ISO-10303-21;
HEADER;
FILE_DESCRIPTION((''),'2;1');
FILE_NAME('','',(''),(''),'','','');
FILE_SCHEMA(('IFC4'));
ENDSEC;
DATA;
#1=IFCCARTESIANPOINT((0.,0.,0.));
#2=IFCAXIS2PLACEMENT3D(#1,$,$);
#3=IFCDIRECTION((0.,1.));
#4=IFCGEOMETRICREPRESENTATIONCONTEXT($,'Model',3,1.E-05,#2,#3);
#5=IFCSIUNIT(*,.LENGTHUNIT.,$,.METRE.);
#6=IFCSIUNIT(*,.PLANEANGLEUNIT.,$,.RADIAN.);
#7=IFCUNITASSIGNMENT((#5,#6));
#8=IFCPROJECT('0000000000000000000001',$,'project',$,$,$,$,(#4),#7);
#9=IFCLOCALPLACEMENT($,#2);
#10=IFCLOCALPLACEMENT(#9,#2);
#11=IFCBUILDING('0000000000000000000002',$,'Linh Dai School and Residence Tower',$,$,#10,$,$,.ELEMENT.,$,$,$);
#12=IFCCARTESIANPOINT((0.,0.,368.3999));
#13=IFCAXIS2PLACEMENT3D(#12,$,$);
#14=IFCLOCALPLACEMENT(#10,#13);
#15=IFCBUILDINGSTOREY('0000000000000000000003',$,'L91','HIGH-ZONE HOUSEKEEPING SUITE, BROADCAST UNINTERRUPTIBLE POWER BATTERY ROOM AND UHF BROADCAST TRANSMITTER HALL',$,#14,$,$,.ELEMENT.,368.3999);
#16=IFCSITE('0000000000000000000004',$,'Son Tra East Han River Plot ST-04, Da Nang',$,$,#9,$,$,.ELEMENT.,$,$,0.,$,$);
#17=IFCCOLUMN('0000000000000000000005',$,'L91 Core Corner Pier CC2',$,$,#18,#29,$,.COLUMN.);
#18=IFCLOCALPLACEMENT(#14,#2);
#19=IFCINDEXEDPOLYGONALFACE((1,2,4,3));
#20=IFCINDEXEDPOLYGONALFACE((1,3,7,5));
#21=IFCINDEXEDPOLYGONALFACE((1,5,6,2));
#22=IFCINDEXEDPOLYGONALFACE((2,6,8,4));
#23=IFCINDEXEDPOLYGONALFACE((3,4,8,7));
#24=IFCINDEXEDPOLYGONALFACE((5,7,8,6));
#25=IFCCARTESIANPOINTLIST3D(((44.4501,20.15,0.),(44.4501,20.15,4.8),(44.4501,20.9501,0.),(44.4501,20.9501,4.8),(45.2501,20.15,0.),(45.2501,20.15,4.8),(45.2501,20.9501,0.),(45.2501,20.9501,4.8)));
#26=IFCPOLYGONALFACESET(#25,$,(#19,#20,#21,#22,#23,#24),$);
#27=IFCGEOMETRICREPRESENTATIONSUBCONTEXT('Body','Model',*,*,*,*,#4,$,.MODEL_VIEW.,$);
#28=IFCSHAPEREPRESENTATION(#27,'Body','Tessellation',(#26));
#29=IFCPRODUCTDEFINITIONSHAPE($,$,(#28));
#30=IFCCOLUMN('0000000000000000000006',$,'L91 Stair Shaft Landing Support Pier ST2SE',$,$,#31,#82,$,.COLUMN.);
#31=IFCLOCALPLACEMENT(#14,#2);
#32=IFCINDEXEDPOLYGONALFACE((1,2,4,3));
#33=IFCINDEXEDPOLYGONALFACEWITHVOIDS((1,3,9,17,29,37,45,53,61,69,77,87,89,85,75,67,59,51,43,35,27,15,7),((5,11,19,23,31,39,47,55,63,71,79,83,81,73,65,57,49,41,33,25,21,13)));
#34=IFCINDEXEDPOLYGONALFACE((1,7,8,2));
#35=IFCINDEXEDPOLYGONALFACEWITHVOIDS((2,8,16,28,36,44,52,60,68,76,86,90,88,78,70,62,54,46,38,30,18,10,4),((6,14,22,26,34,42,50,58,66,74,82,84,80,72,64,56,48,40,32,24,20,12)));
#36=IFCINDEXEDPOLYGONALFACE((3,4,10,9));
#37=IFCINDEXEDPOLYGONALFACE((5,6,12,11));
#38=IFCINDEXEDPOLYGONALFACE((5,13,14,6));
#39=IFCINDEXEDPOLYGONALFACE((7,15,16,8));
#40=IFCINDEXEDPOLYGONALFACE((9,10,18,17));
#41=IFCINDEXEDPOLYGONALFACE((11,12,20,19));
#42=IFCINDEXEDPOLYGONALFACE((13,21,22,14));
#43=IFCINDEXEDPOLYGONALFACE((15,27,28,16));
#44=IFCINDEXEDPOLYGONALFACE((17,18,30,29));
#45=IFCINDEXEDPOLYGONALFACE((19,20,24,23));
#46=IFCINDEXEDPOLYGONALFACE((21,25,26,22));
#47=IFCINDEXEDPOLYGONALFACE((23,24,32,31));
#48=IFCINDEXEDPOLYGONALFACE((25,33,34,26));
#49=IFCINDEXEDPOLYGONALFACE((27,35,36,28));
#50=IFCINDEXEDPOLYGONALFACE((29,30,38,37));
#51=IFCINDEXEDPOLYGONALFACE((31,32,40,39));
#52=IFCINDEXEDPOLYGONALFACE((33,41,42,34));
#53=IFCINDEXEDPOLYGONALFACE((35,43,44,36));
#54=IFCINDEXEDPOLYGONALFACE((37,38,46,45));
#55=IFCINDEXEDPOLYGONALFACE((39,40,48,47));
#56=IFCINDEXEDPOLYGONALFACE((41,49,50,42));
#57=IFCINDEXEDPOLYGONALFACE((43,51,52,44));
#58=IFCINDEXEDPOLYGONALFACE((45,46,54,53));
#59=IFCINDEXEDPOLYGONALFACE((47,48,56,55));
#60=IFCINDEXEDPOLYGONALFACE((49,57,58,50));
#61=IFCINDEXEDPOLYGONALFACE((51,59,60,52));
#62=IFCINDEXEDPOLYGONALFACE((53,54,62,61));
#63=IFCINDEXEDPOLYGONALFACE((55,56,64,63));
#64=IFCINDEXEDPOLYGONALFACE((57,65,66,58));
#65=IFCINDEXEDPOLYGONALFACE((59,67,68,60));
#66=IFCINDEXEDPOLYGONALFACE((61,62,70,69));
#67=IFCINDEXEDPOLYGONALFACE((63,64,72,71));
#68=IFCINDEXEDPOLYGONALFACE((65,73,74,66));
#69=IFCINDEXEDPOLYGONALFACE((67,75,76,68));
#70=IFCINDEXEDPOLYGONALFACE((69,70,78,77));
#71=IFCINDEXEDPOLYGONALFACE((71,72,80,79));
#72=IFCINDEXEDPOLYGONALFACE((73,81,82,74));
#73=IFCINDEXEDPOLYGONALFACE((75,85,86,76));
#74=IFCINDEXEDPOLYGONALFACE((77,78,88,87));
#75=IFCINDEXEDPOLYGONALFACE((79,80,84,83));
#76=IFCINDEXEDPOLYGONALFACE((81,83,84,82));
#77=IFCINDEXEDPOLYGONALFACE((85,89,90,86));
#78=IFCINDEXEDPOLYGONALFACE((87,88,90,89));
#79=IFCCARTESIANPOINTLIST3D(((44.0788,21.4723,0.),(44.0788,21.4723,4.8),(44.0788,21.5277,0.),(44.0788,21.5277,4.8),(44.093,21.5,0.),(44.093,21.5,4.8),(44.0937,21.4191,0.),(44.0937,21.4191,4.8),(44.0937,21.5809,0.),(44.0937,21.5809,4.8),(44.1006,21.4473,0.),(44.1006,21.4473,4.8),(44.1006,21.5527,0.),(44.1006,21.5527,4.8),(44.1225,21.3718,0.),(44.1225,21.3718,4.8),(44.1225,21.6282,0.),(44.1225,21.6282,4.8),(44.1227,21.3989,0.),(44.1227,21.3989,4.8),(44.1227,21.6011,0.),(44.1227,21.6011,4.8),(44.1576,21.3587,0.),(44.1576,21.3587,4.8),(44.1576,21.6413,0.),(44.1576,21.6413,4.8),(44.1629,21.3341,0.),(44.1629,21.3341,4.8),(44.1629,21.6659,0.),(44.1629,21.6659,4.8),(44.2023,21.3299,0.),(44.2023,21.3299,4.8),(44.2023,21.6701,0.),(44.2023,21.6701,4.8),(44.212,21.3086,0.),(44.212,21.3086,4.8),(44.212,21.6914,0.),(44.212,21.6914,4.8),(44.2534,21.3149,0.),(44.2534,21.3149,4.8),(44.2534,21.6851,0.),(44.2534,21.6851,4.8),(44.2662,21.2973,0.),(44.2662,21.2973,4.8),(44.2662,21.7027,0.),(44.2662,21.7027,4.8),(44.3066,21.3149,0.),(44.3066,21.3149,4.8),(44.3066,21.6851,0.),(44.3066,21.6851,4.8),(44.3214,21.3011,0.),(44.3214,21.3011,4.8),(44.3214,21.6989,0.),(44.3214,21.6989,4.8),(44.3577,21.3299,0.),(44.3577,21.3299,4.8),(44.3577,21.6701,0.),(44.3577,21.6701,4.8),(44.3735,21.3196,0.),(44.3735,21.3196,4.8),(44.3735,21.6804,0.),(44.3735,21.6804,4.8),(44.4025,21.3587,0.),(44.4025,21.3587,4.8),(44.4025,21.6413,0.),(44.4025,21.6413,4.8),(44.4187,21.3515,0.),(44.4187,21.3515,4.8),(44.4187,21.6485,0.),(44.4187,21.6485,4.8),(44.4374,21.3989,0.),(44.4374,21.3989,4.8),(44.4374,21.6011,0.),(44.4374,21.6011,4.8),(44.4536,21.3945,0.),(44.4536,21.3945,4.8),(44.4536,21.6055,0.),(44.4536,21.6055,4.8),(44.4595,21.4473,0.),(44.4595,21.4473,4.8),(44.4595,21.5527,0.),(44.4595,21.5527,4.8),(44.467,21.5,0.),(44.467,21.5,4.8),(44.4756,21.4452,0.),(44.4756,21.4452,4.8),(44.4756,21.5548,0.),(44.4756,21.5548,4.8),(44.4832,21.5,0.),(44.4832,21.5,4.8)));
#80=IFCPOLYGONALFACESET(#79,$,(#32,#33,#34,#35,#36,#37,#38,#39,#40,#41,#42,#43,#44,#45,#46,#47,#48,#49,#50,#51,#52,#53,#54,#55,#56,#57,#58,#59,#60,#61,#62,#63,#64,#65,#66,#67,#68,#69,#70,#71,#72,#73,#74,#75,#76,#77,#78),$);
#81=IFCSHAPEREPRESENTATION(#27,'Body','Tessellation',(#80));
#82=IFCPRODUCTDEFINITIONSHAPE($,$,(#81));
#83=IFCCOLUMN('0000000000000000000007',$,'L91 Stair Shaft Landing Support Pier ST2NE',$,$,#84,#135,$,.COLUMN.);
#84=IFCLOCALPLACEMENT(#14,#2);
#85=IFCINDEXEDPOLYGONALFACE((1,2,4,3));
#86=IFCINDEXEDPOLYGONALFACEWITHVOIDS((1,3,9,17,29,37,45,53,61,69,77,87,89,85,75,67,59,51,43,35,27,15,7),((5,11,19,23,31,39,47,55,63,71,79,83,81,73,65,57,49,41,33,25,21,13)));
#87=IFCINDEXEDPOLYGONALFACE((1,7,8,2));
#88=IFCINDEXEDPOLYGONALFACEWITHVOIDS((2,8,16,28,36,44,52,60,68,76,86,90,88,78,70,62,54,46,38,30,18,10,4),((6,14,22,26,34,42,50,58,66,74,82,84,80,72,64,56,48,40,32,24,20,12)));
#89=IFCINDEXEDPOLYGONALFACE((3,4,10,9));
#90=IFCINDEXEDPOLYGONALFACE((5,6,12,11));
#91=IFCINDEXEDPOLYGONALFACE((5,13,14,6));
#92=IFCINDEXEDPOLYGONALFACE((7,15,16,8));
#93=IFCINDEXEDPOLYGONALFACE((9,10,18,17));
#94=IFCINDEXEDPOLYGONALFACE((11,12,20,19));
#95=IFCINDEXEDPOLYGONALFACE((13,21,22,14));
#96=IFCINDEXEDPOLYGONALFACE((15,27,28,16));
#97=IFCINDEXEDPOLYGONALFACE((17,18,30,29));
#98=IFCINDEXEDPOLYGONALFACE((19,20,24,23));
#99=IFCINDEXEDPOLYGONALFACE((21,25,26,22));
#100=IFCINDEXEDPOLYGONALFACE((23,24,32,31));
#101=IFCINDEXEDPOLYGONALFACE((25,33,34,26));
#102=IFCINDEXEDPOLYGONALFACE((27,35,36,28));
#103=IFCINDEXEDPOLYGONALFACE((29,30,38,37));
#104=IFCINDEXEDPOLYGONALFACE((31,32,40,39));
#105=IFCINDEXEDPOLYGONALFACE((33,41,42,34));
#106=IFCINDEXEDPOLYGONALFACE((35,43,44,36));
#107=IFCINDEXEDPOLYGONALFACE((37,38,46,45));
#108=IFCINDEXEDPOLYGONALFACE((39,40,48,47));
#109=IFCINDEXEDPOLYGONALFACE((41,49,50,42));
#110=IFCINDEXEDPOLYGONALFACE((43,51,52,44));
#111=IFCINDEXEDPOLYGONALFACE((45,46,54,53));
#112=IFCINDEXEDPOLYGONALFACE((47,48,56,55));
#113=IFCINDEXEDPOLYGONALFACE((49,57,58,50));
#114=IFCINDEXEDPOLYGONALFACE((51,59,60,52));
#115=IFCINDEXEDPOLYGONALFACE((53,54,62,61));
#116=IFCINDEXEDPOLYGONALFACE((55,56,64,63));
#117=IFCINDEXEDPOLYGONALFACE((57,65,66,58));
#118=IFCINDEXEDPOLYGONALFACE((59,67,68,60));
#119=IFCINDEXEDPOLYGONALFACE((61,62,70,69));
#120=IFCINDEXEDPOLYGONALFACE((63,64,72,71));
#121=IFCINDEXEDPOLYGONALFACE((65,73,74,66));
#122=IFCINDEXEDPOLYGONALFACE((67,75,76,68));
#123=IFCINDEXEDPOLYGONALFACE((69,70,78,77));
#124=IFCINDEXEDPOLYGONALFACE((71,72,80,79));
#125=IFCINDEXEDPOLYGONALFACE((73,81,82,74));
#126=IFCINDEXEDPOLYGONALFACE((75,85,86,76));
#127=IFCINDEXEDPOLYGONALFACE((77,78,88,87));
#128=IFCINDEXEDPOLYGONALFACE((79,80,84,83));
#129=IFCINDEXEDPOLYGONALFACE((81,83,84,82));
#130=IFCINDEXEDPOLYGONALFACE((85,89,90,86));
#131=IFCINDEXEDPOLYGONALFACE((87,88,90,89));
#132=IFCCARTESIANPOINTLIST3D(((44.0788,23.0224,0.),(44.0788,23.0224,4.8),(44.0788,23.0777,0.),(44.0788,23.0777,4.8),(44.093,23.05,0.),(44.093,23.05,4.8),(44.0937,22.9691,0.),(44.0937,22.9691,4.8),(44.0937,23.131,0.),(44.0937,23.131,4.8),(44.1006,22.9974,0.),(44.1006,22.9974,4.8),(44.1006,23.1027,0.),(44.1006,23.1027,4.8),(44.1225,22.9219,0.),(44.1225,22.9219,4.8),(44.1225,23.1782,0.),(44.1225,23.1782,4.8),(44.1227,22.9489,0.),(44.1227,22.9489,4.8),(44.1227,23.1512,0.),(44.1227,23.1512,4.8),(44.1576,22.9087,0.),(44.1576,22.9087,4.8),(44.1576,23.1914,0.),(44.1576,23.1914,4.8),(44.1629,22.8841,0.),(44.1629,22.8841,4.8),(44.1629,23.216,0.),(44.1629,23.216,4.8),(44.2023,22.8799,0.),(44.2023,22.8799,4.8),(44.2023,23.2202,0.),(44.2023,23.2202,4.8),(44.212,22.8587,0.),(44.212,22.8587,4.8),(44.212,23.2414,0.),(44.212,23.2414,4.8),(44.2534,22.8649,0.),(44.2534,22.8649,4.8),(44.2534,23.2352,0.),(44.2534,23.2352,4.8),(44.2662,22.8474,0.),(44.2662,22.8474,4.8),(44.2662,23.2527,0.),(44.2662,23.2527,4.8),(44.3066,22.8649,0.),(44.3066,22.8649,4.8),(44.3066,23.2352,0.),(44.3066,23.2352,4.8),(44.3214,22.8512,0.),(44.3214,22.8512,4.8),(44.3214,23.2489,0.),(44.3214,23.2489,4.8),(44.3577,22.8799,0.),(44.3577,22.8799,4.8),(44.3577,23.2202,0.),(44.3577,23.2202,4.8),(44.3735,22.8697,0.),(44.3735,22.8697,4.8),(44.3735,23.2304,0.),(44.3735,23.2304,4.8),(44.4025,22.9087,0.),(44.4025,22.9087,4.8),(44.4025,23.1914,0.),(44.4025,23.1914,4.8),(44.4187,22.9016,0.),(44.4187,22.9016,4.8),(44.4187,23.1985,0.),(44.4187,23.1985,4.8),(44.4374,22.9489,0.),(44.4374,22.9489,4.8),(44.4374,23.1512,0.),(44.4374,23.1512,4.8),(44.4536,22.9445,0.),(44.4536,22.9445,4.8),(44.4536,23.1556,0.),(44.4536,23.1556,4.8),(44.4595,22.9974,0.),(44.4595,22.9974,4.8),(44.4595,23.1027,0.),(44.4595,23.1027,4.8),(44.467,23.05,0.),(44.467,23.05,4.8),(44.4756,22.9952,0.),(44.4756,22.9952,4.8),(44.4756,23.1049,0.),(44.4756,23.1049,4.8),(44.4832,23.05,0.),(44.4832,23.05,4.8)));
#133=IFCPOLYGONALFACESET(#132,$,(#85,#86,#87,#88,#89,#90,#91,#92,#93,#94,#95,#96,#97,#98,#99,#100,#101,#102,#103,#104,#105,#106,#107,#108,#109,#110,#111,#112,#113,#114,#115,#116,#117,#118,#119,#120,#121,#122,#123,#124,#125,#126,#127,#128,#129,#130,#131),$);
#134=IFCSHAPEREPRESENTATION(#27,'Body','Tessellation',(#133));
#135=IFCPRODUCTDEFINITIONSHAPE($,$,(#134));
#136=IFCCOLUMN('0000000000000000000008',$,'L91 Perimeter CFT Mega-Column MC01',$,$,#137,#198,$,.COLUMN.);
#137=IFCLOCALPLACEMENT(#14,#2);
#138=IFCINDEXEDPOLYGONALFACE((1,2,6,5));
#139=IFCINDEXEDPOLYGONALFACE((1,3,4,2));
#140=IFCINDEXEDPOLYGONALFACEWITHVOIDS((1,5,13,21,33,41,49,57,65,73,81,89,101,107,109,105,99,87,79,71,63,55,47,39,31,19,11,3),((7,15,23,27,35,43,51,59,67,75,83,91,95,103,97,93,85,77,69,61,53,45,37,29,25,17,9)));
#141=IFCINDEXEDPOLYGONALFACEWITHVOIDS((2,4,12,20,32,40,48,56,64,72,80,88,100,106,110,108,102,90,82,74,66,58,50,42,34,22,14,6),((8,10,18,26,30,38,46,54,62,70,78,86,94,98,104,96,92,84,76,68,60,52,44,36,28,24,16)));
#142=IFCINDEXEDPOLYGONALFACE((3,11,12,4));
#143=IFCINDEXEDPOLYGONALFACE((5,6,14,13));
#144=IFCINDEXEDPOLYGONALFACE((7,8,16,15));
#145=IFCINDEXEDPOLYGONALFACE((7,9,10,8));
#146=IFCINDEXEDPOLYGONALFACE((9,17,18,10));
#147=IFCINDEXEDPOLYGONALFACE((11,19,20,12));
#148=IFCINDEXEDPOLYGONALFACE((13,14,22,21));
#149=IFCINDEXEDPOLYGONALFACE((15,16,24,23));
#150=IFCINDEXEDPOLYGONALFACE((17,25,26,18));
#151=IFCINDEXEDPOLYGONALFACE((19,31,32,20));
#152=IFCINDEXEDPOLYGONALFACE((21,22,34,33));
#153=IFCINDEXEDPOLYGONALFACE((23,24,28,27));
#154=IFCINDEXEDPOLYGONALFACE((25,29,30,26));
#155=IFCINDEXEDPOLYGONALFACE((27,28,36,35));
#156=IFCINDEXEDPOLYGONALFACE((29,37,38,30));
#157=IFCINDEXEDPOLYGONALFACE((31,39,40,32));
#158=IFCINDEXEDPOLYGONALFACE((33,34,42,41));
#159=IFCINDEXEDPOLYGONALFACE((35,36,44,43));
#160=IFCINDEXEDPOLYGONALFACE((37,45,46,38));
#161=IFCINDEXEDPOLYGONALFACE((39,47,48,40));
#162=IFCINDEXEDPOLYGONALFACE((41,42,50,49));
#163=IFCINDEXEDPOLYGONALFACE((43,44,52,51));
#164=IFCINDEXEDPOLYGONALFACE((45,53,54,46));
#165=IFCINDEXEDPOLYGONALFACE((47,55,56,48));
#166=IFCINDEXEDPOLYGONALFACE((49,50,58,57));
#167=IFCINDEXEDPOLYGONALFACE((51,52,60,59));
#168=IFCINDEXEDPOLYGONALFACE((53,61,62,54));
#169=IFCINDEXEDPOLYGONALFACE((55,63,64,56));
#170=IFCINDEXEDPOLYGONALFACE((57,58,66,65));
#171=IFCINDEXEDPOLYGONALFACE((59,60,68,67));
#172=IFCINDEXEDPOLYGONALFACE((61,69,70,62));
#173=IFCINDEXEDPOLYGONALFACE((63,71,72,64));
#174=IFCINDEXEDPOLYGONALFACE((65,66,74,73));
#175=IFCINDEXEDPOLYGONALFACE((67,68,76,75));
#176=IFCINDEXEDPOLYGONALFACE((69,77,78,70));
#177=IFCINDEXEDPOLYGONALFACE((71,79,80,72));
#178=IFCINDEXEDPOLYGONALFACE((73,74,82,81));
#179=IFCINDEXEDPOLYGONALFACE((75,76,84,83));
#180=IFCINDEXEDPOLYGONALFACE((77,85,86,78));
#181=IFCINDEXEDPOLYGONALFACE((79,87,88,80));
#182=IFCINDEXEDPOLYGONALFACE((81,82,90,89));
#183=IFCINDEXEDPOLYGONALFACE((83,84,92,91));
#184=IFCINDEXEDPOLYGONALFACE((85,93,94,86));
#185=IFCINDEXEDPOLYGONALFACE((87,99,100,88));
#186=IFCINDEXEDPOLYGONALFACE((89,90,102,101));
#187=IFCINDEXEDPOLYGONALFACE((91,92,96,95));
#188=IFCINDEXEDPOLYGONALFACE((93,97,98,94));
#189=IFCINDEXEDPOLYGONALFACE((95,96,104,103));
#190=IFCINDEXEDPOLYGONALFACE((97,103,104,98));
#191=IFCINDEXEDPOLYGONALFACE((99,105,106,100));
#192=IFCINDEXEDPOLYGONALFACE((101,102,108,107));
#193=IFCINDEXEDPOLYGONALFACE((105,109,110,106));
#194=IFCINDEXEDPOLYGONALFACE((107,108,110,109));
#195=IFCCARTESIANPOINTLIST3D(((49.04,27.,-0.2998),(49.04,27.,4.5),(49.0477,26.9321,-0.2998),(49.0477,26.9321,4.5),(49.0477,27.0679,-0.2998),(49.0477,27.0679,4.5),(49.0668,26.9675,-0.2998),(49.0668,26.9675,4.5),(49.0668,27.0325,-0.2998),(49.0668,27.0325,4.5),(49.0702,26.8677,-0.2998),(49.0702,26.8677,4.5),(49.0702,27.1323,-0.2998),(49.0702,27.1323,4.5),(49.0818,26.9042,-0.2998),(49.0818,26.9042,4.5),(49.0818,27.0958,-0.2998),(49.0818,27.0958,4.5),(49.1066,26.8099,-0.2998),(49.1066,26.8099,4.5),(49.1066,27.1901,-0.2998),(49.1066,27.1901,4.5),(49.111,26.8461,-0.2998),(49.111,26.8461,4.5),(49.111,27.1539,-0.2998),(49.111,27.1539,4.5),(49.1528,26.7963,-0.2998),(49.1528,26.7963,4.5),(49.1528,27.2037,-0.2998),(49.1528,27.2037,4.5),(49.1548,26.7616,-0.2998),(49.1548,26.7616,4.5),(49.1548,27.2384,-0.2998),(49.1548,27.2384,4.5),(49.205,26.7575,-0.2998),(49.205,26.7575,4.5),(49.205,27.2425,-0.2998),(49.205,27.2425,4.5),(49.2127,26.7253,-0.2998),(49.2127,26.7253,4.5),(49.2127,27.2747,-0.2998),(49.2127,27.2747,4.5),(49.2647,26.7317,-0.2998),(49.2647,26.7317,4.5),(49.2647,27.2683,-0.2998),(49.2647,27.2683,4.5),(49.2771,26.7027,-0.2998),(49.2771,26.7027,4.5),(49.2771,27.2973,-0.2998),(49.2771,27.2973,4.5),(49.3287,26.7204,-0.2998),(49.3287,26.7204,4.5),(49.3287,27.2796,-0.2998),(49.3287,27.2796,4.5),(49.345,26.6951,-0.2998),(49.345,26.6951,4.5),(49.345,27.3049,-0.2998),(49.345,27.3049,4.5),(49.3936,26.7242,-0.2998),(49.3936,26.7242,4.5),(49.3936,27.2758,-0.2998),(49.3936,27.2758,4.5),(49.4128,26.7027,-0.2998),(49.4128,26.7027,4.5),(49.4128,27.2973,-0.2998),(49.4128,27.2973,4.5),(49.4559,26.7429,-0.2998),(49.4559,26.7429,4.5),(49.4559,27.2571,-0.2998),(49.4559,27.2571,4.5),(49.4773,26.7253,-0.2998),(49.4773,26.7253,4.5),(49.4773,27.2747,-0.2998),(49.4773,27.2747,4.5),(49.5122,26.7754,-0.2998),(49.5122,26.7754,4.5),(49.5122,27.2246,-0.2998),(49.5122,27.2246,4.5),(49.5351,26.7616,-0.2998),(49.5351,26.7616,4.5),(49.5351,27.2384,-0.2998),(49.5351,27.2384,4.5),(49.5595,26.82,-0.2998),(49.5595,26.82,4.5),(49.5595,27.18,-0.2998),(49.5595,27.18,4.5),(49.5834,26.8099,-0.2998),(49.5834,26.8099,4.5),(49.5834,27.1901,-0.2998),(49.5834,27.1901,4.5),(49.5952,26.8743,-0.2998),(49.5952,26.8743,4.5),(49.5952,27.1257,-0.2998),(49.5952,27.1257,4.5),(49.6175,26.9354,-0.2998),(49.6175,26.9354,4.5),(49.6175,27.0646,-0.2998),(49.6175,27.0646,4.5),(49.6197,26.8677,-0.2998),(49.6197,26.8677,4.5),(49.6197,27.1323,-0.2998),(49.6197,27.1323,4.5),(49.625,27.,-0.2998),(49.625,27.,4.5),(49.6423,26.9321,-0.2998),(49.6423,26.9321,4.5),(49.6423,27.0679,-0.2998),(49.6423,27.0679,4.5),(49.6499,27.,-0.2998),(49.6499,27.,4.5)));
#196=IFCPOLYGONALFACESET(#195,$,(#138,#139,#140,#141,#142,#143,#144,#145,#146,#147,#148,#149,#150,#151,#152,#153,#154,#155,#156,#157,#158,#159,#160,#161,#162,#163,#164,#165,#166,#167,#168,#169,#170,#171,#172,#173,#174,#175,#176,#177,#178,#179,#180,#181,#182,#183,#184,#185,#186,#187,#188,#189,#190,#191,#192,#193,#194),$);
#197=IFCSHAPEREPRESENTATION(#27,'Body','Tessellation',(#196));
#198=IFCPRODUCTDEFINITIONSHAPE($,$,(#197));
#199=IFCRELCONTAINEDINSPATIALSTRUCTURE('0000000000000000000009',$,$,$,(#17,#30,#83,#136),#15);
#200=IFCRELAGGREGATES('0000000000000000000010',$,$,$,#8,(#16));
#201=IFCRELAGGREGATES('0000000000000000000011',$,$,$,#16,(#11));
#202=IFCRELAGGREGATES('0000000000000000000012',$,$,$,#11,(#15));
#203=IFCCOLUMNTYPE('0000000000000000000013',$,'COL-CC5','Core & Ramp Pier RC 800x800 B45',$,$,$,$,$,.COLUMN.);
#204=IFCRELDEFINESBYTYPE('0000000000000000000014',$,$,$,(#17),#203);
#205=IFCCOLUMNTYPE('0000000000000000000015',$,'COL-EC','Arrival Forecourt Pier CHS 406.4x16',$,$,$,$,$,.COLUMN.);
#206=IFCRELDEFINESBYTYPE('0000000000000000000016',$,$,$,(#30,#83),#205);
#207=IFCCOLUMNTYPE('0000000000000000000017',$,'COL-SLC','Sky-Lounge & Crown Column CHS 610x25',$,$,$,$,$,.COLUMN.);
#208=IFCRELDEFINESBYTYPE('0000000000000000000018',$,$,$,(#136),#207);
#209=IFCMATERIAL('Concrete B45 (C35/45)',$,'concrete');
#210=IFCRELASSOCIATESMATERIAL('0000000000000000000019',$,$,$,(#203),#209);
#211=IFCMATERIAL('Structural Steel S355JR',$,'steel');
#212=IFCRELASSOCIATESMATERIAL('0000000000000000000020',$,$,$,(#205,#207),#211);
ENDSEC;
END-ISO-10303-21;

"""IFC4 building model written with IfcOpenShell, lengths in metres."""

from ifc_helpers import new_model, si_unit, direction, frame, origin, origin_2d, place, context, subcontext, project, spatial, rectangle, hollow_circle, extrude, material, material_profile, profile_set, type_object, element, save


model = new_model("IFC4")

# Units and contexts
model_context = context("Model", 3, precision=1e-05, world=origin(), true_north=direction((0.0, 1.0)))
body_context = subcontext(model_context, "Body", "Model", "MODEL_VIEW")
ifc_project = project(units=[si_unit("LENGTHUNIT", "METRE"), si_unit("PLANEANGLEUNIT", "RADIAN")], contexts=[model_context])

# Site, building, storey
site_placement = place(None, origin())
site = spatial("IfcSite", under=ifc_project, at=site_placement, Name="Son Tra East Han River Plot ST-04, Da Nang", CompositionType="ELEMENT", RefElevation=0.0)
building_placement = place(site_placement, origin())
building = spatial("IfcBuilding", under=site, at=building_placement, Name="Linh Dai School and Residence Tower", CompositionType="ELEMENT")
storey_placement = place(building_placement, frame((0.0, 0.0, 368.3999)))
storey = spatial("IfcBuildingStorey", under=building, at=storey_placement, Name="L91", Description="HIGH-ZONE HOUSEKEEPING SUITE, BROADCAST UNINTERRUPTIBLE POWER BATTERY ROOM AND UHF BROADCAST TRANSMITTER HALL", CompositionType="ELEMENT", Elevation=368.3999)

# Columns
ifc_material_1 = material(Name="Concrete B45 (C35/45)", Category="concrete")
ifc_material_profile_1 = material_profile(ifc_material_1, rectangle(XDim=0.8, YDim=0.8, at=origin_2d()), Name="RC 800x800")
ifc_profile_set_1 = profile_set([ifc_material_profile_1], Name="Concrete B45 (C35/45)")
column_type_1 = type_object("IfcColumnType", Name="COL-CC5", Description="Core & Ramp Pier RC 800x800 B45", PredefinedType="COLUMN", material=ifc_profile_set_1)
column_placement = place(storey_placement, frame((44.8501, 20.55, 0.0), z_axis=(0.0, 0.0, 1.0), x_axis=(1.0, 0.0, 0.0)))
element("IfcColumn", 1, at=column_placement, inside=storey, type_object=column_type_1, Name="L91 Core Corner Pier CC2", PredefinedType="COLUMN", context=body_context, shape_type="SweptSolid", body=[
    extrude(rectangle(XDim=0.8, YDim=0.8, at=origin_2d()), origin(), (0.0, 0.0, 1.0), 4.8),
])
ifc_material_2 = material(Name="Structural Steel S355JR", Category="steel")
ifc_material_profile_2 = material_profile(ifc_material_2, hollow_circle(Radius=0.2031, WallThickness=0.0161, at=origin_2d()), Name="CHS 406.4x16")
ifc_profile_set_2 = profile_set([ifc_material_profile_2], Name="Structural Steel S355JR")
column_type_2 = type_object("IfcColumnType", Name="COL-EC", Description="Arrival Forecourt Pier CHS 406.4x16", PredefinedType="COLUMN", material=ifc_profile_set_2)
for number, where, z_axis, x_axis, name in (
    (2, (44.28, 21.5, 0.0), (0.0, 0.0, 1.0), (1.0, 0.0, 0.0), "L91 Stair Shaft Landing Support Pier ST2SE"),
    (3, (44.28, 23.05, 0.0), (0.0, 0.0, 1.0), (1.0, 0.0, 0.0), "L91 Stair Shaft Landing Support Pier ST2NE"),
):
    element("IfcColumn", number, at=place(storey_placement, frame(where, z_axis=z_axis, x_axis=x_axis)), inside=storey, type_object=column_type_2, Name=name, PredefinedType="COLUMN", context=body_context, shape_type="SweptSolid", body=[
        extrude(hollow_circle(Radius=0.2031, WallThickness=0.0161, at=origin_2d()), origin(), (0.0, 0.0, 1.0), 4.8),
    ])
ifc_material_profile_3 = material_profile(ifc_material_2, hollow_circle(Radius=0.3049, WallThickness=0.0249, at=origin_2d()), Name="CHS 610x25")
ifc_profile_set_3 = profile_set([ifc_material_profile_3], Name="Structural Steel S355JR")
column_type_3 = type_object("IfcColumnType", Name="COL-SLC", Description="Sky-Lounge & Crown Column CHS 610x25", PredefinedType="COLUMN", material=ifc_profile_set_3)
for number, where, z_axis, x_axis, name in (
    (4, (49.345, 27.0, -0.2998), (0.0, 0.0, 1.0), (1.0, 0.0, 0.0), "L91 Perimeter CFT Mega-Column MC01"),
):
    element("IfcColumn", number, at=place(storey_placement, frame(where, z_axis=z_axis, x_axis=x_axis)), inside=storey, type_object=column_type_3, Name=name, PredefinedType="COLUMN", context=body_context, shape_type="SweptSolid", body=[
        extrude(hollow_circle(Radius=0.3049, WallThickness=0.0249, at=origin_2d()), origin(), (0.0, 0.0, 1.0), 4.7998),
    ])

save(model, "model.ifc")
